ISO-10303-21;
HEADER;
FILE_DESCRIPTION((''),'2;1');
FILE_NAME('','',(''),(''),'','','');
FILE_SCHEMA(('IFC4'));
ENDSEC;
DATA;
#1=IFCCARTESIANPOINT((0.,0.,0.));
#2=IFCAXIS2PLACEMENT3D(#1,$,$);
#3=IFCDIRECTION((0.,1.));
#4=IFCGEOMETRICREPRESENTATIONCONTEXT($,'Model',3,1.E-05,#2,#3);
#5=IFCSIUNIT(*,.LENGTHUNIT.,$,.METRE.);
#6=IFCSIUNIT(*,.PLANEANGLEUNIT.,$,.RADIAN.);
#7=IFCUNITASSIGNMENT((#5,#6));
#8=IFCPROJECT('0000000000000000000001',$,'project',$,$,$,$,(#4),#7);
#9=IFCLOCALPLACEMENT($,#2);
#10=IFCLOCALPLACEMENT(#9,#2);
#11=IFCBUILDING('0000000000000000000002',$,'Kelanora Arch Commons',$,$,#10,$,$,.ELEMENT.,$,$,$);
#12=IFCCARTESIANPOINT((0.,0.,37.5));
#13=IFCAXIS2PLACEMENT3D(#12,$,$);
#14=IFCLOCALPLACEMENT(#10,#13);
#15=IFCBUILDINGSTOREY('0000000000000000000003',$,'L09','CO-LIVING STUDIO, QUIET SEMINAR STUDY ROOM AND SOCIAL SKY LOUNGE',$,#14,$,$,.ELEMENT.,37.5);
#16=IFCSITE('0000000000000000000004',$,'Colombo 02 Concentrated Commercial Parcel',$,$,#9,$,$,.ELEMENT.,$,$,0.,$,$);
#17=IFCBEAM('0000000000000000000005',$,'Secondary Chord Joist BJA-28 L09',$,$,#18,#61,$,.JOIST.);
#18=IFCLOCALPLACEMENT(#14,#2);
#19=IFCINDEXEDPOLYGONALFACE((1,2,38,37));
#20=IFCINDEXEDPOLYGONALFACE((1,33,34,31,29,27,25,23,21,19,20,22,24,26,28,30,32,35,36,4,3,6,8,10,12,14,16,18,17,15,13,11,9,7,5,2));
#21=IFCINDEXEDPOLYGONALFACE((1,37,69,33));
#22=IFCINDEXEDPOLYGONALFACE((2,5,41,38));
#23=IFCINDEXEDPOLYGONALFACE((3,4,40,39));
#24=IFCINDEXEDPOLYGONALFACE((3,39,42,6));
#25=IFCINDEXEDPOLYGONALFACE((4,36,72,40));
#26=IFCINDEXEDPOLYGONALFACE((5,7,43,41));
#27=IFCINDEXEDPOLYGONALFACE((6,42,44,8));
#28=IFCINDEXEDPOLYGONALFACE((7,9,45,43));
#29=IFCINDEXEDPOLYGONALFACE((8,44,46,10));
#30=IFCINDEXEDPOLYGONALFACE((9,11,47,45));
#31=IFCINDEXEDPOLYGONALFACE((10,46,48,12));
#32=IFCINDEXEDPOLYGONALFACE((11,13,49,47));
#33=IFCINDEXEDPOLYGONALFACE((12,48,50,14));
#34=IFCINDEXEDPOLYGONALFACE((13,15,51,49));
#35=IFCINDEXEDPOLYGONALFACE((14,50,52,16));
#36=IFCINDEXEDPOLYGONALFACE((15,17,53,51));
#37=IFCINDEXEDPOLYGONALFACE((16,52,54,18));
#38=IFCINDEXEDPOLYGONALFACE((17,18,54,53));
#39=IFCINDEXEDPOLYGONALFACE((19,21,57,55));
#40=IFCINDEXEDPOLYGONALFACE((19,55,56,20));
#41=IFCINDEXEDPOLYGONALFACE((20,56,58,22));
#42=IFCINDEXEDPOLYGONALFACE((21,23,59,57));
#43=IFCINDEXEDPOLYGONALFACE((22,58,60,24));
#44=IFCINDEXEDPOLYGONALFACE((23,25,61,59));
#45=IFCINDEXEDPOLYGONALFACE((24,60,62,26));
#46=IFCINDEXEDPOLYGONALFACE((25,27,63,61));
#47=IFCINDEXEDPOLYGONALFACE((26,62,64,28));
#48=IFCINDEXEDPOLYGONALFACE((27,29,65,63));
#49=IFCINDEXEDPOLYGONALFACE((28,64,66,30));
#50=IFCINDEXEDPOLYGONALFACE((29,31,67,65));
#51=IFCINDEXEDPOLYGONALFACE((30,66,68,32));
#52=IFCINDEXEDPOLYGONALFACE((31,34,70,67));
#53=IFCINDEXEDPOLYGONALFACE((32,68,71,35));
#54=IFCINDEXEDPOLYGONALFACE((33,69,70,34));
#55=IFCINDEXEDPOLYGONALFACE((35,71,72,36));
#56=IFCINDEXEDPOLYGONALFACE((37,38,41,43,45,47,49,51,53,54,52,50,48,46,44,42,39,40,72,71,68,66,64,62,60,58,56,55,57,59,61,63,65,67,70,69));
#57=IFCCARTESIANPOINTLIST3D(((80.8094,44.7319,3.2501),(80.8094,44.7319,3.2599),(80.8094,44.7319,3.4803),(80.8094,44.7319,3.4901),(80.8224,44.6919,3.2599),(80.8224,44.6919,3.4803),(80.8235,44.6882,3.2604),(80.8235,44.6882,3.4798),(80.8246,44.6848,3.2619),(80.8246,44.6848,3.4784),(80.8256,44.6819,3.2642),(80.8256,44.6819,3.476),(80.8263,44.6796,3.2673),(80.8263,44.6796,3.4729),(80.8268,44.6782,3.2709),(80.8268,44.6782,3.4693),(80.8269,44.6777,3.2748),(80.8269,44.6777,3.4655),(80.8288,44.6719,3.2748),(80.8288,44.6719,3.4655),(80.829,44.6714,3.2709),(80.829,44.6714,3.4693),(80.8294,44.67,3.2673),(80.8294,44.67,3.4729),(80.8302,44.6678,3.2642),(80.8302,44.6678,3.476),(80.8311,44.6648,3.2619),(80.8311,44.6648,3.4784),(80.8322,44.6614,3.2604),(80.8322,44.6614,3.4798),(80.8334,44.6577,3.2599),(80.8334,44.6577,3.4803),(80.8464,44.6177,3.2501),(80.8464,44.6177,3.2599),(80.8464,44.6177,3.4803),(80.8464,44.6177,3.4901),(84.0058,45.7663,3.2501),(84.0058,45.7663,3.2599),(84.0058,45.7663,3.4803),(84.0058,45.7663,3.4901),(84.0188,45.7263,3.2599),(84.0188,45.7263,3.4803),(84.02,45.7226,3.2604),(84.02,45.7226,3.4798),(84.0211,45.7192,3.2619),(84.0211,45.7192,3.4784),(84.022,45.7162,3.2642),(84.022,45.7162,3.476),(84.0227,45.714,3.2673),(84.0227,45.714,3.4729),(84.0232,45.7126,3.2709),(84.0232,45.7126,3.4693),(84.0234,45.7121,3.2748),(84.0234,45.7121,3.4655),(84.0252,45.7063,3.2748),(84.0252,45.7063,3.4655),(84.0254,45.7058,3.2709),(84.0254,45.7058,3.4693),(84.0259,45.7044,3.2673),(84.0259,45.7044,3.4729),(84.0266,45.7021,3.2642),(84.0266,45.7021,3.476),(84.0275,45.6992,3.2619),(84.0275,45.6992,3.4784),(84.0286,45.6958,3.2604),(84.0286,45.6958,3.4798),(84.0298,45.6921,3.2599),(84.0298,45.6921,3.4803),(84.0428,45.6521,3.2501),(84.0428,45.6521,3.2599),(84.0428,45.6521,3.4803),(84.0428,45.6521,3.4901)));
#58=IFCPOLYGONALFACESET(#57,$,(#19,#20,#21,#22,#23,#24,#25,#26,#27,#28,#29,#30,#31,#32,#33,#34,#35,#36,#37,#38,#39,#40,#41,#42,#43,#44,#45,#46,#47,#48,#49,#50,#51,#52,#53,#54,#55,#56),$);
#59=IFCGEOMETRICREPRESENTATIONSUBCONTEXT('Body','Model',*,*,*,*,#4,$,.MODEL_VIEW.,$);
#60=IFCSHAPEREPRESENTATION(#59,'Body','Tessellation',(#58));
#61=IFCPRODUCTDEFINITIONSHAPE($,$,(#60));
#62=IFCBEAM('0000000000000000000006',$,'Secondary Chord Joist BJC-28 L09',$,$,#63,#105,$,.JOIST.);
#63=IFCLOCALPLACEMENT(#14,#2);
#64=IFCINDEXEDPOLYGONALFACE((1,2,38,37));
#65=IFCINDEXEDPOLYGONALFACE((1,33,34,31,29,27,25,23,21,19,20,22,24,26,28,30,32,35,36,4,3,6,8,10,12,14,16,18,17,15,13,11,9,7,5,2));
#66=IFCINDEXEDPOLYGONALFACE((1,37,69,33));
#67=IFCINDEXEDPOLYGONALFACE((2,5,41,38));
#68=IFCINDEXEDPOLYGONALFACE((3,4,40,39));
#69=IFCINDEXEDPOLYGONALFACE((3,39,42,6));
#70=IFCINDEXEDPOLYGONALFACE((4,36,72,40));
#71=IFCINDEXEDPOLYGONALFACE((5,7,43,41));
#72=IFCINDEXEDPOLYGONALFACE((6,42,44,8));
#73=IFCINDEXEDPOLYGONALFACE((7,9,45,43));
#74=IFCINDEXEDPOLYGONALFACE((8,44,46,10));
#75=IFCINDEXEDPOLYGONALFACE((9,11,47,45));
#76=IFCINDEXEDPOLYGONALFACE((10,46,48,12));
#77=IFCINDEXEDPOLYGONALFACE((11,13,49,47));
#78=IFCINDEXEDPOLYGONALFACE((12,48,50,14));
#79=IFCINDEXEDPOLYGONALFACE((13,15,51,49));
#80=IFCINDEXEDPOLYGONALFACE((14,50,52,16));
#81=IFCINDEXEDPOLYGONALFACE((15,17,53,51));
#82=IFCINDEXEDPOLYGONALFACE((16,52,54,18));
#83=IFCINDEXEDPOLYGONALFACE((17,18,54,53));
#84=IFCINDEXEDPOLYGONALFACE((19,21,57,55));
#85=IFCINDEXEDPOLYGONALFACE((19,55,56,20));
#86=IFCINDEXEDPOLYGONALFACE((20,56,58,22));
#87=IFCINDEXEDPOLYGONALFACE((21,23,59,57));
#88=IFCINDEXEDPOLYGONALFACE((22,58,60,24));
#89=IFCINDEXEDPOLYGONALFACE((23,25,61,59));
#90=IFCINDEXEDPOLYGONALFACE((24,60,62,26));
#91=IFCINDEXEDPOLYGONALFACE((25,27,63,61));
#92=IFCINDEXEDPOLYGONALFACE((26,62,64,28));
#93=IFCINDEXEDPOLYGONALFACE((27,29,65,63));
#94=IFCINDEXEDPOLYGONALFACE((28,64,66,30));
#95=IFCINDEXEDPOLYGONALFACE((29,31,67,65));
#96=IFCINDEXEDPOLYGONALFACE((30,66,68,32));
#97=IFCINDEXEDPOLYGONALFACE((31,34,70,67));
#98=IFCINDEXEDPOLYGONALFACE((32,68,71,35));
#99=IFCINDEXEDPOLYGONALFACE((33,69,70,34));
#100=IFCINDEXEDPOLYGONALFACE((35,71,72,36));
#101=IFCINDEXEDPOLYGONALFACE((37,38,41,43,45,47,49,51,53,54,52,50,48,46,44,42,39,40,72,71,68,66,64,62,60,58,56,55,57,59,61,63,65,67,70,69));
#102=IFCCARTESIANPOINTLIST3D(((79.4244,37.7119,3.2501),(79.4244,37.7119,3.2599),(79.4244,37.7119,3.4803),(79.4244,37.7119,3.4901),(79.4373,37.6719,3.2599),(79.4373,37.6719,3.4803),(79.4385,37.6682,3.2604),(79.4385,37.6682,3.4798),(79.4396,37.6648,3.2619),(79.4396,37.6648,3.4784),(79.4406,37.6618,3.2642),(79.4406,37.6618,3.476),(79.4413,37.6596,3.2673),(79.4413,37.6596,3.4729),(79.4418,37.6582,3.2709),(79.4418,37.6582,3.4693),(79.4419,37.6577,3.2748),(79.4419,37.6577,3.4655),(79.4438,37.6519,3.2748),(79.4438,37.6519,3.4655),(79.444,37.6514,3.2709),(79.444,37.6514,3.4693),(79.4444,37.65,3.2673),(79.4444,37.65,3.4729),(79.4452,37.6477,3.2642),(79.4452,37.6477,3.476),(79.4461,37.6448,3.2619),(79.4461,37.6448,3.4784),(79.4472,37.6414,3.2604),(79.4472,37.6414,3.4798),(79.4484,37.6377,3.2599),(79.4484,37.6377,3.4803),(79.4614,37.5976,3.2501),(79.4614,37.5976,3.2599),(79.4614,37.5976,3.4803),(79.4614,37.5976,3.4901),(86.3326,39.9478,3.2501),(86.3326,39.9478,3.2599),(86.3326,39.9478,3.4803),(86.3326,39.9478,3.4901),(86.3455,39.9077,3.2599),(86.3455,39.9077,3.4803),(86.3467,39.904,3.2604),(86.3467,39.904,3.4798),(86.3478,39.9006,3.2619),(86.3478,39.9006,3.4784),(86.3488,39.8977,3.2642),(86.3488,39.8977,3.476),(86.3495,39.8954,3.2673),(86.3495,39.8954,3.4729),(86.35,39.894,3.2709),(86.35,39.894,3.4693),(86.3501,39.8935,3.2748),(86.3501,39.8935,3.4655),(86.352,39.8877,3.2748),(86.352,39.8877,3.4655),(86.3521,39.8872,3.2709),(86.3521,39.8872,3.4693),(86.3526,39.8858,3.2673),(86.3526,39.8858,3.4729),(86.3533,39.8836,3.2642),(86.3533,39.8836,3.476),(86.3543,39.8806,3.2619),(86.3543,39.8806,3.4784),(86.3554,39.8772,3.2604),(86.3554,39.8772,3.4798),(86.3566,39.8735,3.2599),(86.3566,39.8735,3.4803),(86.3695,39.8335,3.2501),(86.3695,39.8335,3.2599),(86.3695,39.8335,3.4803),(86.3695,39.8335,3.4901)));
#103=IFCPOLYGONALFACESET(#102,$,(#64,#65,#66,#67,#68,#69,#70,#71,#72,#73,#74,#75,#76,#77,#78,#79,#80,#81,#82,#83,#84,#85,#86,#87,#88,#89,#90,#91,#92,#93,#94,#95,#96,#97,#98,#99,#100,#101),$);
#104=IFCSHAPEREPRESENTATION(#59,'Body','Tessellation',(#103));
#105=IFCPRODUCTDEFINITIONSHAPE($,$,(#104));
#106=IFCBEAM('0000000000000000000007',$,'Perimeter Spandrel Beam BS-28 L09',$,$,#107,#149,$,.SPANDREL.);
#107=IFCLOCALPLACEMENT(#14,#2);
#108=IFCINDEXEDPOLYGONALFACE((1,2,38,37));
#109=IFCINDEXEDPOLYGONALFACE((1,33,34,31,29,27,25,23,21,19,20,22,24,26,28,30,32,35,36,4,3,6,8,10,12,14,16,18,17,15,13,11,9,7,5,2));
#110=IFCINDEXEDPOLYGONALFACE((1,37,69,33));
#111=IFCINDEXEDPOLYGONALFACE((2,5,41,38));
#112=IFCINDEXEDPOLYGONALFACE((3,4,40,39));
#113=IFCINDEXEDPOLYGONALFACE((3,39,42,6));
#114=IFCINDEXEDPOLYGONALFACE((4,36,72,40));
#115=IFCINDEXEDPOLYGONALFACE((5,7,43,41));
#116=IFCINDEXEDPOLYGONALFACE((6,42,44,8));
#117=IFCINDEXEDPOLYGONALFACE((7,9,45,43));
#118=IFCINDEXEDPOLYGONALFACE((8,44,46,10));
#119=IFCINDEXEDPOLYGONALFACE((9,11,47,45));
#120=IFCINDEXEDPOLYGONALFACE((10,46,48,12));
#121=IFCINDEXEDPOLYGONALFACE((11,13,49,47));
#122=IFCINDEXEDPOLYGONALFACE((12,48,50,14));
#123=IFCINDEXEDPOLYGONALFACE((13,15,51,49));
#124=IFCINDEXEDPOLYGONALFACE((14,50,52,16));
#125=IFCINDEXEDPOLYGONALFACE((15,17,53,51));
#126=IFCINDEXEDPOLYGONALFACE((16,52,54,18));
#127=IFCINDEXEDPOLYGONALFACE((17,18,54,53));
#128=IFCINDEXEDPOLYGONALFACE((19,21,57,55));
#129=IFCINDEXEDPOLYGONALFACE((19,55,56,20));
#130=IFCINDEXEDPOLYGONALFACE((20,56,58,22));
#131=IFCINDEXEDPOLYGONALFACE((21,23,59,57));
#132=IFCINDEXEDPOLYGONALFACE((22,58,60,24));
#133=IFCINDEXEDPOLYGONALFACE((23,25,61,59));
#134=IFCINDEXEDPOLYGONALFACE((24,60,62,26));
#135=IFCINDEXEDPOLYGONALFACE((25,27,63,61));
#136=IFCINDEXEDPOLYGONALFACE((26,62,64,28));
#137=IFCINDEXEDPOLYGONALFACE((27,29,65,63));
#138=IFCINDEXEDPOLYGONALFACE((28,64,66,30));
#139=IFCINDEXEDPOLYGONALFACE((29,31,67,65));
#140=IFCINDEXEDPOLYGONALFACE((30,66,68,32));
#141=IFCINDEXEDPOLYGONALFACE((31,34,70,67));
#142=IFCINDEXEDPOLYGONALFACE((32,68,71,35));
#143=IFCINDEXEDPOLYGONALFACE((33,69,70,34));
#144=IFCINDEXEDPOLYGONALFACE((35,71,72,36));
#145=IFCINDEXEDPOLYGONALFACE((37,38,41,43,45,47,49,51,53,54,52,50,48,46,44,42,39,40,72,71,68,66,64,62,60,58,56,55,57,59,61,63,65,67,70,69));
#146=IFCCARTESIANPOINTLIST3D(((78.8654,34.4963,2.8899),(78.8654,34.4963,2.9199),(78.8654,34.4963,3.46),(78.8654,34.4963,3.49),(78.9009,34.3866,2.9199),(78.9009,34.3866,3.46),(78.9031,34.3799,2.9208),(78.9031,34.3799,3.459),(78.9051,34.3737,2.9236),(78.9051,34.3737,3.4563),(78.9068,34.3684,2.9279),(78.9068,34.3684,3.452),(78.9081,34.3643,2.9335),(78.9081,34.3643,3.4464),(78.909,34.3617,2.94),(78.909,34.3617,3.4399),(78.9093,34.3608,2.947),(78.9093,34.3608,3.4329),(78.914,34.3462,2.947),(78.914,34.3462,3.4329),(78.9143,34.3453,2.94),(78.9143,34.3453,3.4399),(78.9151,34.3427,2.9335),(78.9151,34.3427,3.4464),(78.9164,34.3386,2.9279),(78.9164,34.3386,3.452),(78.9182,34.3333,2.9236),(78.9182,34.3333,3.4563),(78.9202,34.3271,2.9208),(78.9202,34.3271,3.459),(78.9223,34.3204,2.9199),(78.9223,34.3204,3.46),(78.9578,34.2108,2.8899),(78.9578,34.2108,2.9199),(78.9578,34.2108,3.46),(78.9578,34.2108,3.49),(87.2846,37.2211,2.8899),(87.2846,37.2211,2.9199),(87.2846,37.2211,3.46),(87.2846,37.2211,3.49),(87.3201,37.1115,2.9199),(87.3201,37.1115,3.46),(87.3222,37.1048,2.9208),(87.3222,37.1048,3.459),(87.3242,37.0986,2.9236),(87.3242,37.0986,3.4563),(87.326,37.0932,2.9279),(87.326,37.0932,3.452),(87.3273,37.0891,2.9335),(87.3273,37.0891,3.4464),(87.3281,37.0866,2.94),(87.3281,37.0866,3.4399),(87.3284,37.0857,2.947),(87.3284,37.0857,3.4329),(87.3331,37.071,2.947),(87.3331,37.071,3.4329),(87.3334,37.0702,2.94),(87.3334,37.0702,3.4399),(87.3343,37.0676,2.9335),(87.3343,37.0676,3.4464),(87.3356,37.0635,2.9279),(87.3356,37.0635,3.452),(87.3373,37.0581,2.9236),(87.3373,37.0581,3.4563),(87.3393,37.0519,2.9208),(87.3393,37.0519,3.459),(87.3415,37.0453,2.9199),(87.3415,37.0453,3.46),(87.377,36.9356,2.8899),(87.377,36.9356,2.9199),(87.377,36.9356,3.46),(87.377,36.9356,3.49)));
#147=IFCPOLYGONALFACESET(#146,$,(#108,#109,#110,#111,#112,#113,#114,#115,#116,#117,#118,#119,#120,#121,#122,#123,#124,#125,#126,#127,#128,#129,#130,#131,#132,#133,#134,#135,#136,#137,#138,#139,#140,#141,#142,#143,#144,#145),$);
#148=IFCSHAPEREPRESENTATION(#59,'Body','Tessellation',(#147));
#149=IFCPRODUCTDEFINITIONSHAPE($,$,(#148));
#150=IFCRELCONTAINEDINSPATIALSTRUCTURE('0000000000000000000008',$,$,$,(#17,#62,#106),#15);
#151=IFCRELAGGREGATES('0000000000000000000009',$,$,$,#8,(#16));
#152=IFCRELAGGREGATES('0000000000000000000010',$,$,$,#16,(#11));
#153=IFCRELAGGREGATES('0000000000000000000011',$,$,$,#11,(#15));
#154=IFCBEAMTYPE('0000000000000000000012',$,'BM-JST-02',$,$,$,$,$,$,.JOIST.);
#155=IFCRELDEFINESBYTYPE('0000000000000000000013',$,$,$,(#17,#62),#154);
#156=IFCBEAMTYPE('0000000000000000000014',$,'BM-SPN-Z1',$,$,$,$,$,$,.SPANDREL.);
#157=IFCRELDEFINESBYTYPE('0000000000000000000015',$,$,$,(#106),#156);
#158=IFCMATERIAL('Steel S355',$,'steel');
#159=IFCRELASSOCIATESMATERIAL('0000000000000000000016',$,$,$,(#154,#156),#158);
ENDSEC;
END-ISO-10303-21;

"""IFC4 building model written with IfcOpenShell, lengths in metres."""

from ifc_helpers import new_model, si_unit, direction, frame, origin, origin_2d, place, context, subcontext, project, spatial, i_section, extrude, material, material_profile, profile_set, type_object, element, save


model = new_model("IFC4")

# Units and contexts
model_context = context("Model", 3, precision=1e-05, world=origin(), true_north=direction((0.0, 1.0)))
body_context = subcontext(model_context, "Body", "Model", "MODEL_VIEW")
ifc_project = project(units=[si_unit("LENGTHUNIT", "METRE"), si_unit("PLANEANGLEUNIT", "RADIAN")], contexts=[model_context])

# Site, building, storey
site_placement = place(None, origin())
site = spatial("IfcSite", under=ifc_project, at=site_placement, Name="Colombo 02 Concentrated Commercial Parcel", CompositionType="ELEMENT", RefElevation=0.0)
building_placement = place(site_placement, origin())
building = spatial("IfcBuilding", under=site, at=building_placement, Name="Kelanora Arch Commons", CompositionType="ELEMENT")
storey_placement = place(building_placement, frame((0.0, 0.0, 37.5)))
storey = spatial("IfcBuildingStorey", under=building, at=storey_placement, Name="L09", Description="CO-LIVING STUDIO, QUIET SEMINAR STUDY ROOM AND SOCIAL SKY LOUNGE", CompositionType="ELEMENT", Elevation=37.5)

# Beams
ifc_material_1 = material(Name="Steel S355", Category="steel")
ifc_material_profile_1 = material_profile(ifc_material_1, i_section(OverallWidth=0.1201, OverallDepth=0.24, WebThickness=0.0061, FlangeThickness=0.0098, FilletRadius=0.0149, at=origin_2d()), Name="IPE240")
ifc_profile_set_1 = profile_set([ifc_material_profile_1], Name="Steel S355")
beam_type_1 = type_object("IfcBeamType", Name="BM-JST-02", PredefinedType="JOIST", material=ifc_profile_set_1)
beam_1_placement = place(storey_placement, frame((80.8279, 44.6748, 3.3701), z_axis=(0.951423, 0.307888, 0.0), x_axis=(-0.307888, 0.951423, 0.0)))
element("IfcBeam", 1, at=beam_1_placement, inside=storey, type_object=beam_type_1, Name="Secondary Chord Joist BJA-28 L09", PredefinedType="JOIST", context=body_context, shape_type="SweptSolid", body=[
    extrude(i_section(OverallWidth=0.1201, OverallDepth=0.24, WebThickness=0.0061, FlangeThickness=0.0098, FilletRadius=0.0149, at=origin_2d()), origin(), (0.0, 0.0, 1.0), 3.3596),
])
beam_2_placement = place(storey_placement, frame((79.4429, 37.6548, 3.3701), z_axis=(0.951411, 0.307924, 0.0), x_axis=(-0.307924, 0.951411, 0.0)))
element("IfcBeam", 2, at=beam_2_placement, inside=storey, type_object=beam_type_1, Name="Secondary Chord Joist BJC-28 L09", PredefinedType="JOIST", context=body_context, shape_type="SweptSolid", body=[
    extrude(i_section(OverallWidth=0.1201, OverallDepth=0.24, WebThickness=0.0061, FlangeThickness=0.0098, FilletRadius=0.0149, at=origin_2d()), origin(), (0.0, 0.0, 1.0), 7.261),
])
ifc_material_profile_2 = material_profile(ifc_material_1, i_section(OverallWidth=0.3, OverallDepth=0.6001, WebThickness=0.0154, FlangeThickness=0.03, FilletRadius=0.0271, at=origin_2d()), Name="HEB600")
ifc_profile_set_2 = profile_set([ifc_material_profile_2], Name="Steel S355")
beam_type_2 = type_object("IfcBeamType", Name="BM-SPN-Z1", PredefinedType="SPANDREL", material=ifc_profile_set_2)
beam_3_placement = place(storey_placement, frame((78.9116, 34.3535, 3.1899), z_axis=(0.951411, 0.307922, 0.0), x_axis=(-0.307922, 0.951411, 0.0)))
element("IfcBeam", 3, at=beam_3_placement, inside=storey, type_object=beam_type_2, Name="Perimeter Spandrel Beam BS-28 L09", PredefinedType="SPANDREL", context=body_context, shape_type="SweptSolid", body=[
    extrude(i_section(OverallWidth=0.3, OverallDepth=0.6001, WebThickness=0.0154, FlangeThickness=0.03, FilletRadius=0.0271, at=origin_2d()), origin(), (0.0, 0.0, 1.0), 8.8491),
])

save(model, "model.ifc")
